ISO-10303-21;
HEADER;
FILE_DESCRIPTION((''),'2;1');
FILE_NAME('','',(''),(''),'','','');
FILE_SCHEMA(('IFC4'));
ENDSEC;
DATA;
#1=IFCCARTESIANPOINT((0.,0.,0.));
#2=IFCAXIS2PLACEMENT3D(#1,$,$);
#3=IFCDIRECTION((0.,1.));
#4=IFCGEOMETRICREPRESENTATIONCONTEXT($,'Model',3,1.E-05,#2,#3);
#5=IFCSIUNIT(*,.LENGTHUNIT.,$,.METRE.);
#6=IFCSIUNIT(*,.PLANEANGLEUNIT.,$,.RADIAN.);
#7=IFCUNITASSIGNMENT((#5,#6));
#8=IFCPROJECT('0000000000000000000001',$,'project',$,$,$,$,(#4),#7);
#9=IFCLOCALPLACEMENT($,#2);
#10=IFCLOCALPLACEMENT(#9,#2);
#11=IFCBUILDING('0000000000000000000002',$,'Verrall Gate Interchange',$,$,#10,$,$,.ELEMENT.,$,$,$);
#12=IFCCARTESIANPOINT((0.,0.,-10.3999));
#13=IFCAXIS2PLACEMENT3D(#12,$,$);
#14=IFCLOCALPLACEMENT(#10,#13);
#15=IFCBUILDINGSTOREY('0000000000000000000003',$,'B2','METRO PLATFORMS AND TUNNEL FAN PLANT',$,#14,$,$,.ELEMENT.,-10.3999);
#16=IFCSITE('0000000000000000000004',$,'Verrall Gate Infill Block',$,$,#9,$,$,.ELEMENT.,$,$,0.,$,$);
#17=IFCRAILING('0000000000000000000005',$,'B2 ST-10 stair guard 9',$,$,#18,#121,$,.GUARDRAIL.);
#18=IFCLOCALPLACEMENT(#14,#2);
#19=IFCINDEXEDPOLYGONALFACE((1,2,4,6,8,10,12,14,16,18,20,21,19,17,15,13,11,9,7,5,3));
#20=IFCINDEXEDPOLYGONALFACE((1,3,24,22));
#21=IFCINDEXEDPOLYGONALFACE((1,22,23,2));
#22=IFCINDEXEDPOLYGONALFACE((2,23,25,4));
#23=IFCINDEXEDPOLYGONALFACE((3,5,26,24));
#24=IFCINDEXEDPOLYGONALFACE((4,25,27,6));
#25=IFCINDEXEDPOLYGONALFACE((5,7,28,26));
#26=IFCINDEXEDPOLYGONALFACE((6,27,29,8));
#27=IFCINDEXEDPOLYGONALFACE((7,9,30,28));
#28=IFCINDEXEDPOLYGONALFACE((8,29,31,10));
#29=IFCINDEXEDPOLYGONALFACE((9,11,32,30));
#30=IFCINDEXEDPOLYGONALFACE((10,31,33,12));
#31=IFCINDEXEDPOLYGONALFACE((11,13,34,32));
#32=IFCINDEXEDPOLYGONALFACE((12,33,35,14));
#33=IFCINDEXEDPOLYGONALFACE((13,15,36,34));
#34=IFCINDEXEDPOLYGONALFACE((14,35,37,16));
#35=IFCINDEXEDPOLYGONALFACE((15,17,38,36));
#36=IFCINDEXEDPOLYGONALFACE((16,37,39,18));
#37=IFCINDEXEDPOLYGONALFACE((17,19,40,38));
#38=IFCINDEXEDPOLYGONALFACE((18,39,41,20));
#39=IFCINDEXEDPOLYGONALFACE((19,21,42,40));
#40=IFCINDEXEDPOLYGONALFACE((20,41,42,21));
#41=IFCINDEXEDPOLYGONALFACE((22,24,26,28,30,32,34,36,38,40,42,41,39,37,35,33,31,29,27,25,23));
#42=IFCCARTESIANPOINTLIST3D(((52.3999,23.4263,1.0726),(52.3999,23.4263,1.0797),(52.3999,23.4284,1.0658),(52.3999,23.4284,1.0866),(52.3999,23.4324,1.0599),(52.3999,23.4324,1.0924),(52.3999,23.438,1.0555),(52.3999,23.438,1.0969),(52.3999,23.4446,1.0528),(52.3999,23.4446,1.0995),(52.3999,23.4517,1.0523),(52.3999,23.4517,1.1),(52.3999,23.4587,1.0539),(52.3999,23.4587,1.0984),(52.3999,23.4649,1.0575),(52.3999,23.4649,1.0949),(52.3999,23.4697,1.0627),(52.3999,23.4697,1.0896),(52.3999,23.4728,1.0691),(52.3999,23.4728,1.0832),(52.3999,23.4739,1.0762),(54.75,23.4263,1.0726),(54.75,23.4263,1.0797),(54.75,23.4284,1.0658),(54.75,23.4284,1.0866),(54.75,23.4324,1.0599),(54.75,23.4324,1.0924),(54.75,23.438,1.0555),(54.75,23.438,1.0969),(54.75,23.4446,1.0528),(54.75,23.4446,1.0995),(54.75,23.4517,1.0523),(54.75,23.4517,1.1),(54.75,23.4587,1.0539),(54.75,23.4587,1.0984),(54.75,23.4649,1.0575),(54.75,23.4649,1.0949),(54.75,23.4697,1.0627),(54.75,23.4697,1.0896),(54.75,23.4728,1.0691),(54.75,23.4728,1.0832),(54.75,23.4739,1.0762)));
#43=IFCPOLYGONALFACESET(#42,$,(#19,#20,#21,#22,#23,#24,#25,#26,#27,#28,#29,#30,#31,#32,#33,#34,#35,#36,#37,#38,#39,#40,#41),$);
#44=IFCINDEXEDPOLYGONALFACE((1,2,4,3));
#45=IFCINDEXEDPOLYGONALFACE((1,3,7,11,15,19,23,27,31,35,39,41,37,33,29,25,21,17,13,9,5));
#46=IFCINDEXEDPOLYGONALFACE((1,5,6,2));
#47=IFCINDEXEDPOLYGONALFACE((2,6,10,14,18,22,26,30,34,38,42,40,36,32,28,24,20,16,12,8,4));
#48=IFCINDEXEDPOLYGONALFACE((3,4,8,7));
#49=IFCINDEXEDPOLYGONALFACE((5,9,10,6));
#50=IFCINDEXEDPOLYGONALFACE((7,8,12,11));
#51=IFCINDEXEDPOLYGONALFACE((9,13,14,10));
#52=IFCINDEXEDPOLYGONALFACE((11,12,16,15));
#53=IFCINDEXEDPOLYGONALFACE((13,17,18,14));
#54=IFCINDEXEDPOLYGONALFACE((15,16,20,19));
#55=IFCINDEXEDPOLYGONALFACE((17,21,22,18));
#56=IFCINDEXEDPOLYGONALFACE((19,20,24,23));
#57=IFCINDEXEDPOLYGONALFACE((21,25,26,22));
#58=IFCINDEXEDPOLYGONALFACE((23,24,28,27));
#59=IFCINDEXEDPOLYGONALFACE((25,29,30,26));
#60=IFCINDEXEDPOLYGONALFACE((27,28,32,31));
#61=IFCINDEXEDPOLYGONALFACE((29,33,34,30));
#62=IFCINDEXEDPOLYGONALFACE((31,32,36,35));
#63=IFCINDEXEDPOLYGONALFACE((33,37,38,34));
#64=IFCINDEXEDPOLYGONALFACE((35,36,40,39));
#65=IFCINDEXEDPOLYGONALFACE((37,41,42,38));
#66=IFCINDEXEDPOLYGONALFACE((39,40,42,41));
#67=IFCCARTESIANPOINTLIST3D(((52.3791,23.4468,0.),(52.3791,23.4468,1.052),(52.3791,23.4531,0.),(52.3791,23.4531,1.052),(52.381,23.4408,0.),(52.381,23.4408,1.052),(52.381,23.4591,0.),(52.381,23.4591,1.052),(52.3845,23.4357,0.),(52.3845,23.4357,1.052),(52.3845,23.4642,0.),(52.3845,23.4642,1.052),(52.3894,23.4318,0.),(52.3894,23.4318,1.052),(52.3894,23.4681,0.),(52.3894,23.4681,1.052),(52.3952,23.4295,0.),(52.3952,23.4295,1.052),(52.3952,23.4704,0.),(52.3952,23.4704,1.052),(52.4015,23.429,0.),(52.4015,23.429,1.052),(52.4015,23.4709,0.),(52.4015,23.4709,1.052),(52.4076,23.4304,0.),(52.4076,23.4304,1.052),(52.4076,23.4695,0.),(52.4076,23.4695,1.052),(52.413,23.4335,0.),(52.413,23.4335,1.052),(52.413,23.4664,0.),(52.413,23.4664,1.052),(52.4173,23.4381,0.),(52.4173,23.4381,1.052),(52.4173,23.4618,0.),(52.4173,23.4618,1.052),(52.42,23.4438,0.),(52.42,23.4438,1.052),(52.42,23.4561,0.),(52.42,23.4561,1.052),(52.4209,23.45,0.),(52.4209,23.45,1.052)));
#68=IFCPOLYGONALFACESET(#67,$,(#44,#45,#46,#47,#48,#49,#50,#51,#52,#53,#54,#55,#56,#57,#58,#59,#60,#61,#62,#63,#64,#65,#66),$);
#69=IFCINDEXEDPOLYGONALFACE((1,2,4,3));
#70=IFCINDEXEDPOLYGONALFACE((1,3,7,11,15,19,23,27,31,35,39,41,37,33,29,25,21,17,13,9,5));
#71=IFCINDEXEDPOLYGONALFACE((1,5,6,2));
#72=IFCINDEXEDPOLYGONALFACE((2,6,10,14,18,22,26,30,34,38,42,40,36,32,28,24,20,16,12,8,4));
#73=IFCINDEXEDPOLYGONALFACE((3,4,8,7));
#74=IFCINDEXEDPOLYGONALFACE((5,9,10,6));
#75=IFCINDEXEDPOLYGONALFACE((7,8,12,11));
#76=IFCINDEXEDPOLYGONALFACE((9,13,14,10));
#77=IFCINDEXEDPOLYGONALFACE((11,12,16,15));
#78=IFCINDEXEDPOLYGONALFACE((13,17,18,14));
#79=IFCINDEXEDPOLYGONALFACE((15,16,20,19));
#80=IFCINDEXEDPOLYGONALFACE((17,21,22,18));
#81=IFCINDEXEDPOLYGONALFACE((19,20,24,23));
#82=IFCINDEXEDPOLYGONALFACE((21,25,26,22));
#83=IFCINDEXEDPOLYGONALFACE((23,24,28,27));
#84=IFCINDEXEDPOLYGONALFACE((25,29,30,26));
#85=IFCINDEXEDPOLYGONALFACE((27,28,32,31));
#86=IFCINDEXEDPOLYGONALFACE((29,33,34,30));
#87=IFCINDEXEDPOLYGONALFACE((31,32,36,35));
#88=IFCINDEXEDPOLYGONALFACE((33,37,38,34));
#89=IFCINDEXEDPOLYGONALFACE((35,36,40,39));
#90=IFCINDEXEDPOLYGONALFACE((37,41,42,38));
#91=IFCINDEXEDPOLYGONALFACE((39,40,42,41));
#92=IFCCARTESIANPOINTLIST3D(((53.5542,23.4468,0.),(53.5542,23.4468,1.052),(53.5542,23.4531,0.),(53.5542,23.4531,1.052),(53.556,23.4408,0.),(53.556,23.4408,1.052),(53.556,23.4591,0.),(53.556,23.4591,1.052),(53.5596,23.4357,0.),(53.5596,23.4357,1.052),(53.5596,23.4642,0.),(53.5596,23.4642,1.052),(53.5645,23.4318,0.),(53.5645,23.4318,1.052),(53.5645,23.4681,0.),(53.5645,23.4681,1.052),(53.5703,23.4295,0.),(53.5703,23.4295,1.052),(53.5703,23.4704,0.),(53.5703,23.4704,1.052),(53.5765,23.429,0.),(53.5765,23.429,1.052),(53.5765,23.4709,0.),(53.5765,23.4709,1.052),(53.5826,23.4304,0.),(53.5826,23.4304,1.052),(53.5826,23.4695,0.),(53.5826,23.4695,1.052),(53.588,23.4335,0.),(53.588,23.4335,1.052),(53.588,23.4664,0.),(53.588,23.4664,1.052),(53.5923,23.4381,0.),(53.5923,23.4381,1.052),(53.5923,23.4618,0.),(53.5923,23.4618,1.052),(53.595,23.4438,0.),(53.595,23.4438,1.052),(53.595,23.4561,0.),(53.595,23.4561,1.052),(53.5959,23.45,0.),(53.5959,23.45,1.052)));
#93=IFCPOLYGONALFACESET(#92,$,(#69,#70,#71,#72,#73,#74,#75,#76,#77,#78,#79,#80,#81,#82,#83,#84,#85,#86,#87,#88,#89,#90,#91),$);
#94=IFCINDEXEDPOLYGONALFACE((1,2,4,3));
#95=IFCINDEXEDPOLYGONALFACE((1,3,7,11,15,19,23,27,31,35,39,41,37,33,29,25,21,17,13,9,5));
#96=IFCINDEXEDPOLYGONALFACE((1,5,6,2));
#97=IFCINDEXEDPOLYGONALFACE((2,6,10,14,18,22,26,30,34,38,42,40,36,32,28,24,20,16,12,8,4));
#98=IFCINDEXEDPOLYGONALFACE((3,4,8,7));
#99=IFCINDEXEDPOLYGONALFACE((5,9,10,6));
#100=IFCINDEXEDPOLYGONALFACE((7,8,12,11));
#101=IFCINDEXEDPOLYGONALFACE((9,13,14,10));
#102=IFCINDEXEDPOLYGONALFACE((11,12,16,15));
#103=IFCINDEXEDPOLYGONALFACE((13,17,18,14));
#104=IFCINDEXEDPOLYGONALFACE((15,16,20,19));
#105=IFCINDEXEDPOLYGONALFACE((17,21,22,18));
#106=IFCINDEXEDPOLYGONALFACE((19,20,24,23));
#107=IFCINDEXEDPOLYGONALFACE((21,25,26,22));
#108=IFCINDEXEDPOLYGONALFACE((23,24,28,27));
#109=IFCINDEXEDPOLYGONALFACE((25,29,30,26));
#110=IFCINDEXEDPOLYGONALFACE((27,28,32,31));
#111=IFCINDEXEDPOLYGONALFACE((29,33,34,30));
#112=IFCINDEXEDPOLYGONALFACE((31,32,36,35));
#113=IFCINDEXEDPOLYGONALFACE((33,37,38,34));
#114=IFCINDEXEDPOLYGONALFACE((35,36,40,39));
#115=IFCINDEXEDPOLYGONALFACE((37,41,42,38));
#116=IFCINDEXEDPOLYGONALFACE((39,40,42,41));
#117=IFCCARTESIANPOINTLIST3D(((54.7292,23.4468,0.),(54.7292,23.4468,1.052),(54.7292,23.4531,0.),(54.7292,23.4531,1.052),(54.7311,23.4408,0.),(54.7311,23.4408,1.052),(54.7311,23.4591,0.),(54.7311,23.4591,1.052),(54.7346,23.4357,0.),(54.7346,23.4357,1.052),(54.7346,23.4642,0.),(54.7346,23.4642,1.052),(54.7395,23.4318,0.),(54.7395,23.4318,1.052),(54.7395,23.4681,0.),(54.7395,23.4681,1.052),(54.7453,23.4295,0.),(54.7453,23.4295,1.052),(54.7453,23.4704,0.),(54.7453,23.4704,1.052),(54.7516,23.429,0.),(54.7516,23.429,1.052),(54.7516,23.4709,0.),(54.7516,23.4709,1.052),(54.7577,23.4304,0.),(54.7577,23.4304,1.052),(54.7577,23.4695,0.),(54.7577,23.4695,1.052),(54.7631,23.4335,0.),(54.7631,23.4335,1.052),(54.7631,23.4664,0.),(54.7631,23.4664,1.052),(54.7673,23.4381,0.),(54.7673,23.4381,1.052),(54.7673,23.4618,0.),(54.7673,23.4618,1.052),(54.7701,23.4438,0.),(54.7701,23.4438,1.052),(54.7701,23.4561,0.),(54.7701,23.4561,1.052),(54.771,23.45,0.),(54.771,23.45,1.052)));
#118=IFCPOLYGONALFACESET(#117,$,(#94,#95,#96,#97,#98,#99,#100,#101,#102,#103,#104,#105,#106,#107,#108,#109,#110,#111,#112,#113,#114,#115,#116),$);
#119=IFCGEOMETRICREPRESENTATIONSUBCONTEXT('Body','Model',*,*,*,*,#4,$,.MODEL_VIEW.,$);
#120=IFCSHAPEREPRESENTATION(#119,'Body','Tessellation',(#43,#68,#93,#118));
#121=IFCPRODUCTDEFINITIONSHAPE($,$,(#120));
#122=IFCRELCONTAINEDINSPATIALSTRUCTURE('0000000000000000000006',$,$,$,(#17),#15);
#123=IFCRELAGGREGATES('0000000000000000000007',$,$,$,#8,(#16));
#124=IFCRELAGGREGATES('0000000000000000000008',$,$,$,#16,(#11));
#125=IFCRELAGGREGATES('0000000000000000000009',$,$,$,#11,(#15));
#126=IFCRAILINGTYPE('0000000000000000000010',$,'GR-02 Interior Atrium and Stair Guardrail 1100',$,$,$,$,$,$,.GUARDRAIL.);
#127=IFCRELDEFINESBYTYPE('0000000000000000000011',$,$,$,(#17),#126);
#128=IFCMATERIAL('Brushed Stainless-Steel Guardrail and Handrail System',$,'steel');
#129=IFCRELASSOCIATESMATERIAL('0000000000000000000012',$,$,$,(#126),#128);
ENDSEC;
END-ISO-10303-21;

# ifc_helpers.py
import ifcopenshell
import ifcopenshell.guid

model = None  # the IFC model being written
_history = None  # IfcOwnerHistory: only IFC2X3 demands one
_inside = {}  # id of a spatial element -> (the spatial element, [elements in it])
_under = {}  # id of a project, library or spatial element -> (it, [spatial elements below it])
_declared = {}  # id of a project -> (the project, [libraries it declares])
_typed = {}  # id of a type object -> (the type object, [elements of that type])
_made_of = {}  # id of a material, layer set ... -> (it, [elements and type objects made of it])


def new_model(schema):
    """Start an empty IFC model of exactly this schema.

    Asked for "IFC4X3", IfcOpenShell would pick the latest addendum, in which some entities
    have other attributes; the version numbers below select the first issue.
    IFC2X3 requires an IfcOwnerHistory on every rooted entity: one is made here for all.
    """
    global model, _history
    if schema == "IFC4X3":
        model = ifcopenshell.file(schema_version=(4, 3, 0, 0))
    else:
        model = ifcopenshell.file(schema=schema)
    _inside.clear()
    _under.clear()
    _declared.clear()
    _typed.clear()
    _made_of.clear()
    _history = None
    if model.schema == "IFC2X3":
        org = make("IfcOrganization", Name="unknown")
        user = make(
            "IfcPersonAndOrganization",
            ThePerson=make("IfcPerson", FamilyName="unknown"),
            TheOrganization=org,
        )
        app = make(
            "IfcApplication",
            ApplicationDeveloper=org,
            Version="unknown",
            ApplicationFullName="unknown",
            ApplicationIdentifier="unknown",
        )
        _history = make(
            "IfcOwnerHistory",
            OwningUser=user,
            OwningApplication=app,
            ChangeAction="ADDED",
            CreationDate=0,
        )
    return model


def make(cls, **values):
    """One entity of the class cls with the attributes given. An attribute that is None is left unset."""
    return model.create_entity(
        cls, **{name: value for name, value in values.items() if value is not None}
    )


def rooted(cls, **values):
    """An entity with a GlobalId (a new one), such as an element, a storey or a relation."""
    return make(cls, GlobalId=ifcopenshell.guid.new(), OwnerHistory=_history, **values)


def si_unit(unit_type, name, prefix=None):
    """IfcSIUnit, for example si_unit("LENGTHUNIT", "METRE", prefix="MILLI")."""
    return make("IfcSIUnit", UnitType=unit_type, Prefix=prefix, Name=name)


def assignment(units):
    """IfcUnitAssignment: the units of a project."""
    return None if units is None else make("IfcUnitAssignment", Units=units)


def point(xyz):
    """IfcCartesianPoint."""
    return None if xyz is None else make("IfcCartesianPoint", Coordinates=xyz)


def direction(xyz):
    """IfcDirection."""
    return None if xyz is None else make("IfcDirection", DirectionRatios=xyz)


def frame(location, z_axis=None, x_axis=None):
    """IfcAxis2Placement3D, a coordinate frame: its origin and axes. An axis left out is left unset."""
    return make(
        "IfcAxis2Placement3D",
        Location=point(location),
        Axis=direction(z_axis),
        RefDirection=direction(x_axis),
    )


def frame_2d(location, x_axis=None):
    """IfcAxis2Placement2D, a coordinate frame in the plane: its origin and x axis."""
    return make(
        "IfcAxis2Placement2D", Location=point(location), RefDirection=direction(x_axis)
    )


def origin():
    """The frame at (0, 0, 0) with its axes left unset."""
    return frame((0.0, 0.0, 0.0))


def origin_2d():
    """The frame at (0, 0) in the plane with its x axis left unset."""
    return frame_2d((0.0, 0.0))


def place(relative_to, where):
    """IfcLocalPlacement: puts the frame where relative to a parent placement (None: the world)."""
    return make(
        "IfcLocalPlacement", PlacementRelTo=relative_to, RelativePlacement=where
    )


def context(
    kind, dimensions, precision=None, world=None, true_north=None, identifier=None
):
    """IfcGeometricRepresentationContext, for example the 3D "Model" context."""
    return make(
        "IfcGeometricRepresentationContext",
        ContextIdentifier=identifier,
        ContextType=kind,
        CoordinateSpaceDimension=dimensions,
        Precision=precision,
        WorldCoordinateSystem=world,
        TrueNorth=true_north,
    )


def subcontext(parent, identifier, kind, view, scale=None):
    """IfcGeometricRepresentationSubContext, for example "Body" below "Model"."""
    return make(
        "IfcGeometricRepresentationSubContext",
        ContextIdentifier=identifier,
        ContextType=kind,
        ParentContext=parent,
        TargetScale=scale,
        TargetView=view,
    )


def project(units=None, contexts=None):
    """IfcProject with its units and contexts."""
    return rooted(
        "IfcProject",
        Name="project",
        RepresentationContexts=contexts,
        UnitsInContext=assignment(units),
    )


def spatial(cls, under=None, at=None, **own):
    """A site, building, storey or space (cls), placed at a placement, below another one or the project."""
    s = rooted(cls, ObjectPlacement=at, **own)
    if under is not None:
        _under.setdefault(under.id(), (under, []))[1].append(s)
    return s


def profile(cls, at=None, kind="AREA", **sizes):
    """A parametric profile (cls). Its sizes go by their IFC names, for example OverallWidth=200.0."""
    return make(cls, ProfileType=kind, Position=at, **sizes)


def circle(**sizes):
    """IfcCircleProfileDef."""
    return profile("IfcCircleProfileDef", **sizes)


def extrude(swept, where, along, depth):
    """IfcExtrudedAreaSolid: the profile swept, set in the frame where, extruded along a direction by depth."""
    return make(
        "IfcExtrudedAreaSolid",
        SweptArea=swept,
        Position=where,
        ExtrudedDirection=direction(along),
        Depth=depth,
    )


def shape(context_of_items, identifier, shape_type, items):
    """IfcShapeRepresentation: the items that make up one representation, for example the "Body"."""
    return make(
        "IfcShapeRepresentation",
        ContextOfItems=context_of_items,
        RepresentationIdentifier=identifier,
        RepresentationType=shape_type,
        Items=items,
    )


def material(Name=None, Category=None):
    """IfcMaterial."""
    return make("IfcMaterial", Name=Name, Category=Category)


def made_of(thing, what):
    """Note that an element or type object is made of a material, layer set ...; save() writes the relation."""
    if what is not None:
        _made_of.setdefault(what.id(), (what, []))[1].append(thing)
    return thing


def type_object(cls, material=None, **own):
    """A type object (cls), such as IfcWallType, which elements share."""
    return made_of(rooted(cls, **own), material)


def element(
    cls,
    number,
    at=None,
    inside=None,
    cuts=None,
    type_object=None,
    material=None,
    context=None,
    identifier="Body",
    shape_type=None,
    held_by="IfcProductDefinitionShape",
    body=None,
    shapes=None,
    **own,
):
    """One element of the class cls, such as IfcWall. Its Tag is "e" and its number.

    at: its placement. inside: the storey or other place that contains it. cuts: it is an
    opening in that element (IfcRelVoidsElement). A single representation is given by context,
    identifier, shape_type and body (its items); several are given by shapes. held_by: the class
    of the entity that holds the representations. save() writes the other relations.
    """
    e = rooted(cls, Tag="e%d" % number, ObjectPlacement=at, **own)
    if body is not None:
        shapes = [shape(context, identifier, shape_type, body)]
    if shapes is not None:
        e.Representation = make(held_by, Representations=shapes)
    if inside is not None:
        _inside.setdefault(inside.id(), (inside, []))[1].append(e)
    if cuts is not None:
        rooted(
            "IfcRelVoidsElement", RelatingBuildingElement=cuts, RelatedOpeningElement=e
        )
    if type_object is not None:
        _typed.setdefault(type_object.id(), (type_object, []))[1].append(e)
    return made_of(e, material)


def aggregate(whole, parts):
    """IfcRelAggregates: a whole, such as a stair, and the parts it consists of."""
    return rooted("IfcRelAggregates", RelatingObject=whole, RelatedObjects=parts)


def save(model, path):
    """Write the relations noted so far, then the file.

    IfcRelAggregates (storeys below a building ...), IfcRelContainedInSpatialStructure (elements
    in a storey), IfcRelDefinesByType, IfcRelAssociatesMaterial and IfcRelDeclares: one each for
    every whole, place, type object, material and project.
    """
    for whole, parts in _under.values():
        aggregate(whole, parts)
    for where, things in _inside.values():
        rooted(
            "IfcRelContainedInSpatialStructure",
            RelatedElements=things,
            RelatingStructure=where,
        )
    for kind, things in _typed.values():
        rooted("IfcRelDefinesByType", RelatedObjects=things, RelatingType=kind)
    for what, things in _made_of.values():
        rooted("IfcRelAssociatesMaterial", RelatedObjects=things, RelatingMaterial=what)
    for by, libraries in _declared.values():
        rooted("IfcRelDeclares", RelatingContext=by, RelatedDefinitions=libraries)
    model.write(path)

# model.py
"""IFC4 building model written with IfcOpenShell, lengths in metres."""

from ifc_helpers import new_model, si_unit, direction, frame, origin, origin_2d, place, context, subcontext, project, spatial, circle, extrude, material, type_object, element, save


model = new_model("IFC4")

# Units and contexts
model_context = context("Model", 3, precision=1e-05, world=origin(), true_north=direction((0.0, 1.0)))
body_context = subcontext(model_context, "Body", "Model", "MODEL_VIEW")
ifc_project = project(units=[si_unit("LENGTHUNIT", "METRE"), si_unit("PLANEANGLEUNIT", "RADIAN")], contexts=[model_context])

# Site, building, storey
site_placement = place(None, origin())
site = spatial("IfcSite", under=ifc_project, at=site_placement, Name="Verrall Gate Infill Block", CompositionType="ELEMENT", RefElevation=0.0)
building_placement = place(site_placement, origin())
building = spatial("IfcBuilding", under=site, at=building_placement, Name="Verrall Gate Interchange", CompositionType="ELEMENT")
storey_placement = place(building_placement, frame((0.0, 0.0, -10.3999)))
storey = spatial("IfcBuildingStorey", under=building, at=storey_placement, Name="B2", Description="METRO PLATFORMS AND TUNNEL FAN PLANT", CompositionType="ELEMENT", Elevation=-10.3999)

# Railing
ifc_material_1 = material(Name="Brushed Stainless-Steel Guardrail and Handrail System", Category="steel")
railing_type_1 = type_object("IfcRailingType", Name="GR-02 Interior Atrium and Stair Guardrail 1100", PredefinedType="GUARDRAIL", material=ifc_material_1)
for number, where, name in (
    (1, (52.3999, 23.45, 0.0), "B2 ST-10 stair guard 9"),
):
    element("IfcRailing", number, at=place(storey_placement, frame(where)), inside=storey, type_object=railing_type_1, Name=name, PredefinedType="GUARDRAIL", context=body_context, shape_type="SweptSolid", body=[
        extrude(circle(Radius=0.0239, at=origin_2d()), frame((0.0, 0.0, 1.0762), z_axis=(1.0, 0.0, 0.0), x_axis=(0.0, 1.0, 0.0)), (0.0, 0.0, 1.0), 2.3501),
        extrude(circle(Radius=0.021, at=origin_2d()), origin(), (0.0, 0.0, 1.0), 1.052),
        extrude(circle(Radius=0.021, at=origin_2d()), frame((1.175, 0.0, 0.0)), (0.0, 0.0, 1.0), 1.052),
        extrude(circle(Radius=0.021, at=origin_2d()), frame((2.3501, 0.0, 0.0)), (0.0, 0.0, 1.0), 1.052),
    ])

save(model, "model.ifc")
